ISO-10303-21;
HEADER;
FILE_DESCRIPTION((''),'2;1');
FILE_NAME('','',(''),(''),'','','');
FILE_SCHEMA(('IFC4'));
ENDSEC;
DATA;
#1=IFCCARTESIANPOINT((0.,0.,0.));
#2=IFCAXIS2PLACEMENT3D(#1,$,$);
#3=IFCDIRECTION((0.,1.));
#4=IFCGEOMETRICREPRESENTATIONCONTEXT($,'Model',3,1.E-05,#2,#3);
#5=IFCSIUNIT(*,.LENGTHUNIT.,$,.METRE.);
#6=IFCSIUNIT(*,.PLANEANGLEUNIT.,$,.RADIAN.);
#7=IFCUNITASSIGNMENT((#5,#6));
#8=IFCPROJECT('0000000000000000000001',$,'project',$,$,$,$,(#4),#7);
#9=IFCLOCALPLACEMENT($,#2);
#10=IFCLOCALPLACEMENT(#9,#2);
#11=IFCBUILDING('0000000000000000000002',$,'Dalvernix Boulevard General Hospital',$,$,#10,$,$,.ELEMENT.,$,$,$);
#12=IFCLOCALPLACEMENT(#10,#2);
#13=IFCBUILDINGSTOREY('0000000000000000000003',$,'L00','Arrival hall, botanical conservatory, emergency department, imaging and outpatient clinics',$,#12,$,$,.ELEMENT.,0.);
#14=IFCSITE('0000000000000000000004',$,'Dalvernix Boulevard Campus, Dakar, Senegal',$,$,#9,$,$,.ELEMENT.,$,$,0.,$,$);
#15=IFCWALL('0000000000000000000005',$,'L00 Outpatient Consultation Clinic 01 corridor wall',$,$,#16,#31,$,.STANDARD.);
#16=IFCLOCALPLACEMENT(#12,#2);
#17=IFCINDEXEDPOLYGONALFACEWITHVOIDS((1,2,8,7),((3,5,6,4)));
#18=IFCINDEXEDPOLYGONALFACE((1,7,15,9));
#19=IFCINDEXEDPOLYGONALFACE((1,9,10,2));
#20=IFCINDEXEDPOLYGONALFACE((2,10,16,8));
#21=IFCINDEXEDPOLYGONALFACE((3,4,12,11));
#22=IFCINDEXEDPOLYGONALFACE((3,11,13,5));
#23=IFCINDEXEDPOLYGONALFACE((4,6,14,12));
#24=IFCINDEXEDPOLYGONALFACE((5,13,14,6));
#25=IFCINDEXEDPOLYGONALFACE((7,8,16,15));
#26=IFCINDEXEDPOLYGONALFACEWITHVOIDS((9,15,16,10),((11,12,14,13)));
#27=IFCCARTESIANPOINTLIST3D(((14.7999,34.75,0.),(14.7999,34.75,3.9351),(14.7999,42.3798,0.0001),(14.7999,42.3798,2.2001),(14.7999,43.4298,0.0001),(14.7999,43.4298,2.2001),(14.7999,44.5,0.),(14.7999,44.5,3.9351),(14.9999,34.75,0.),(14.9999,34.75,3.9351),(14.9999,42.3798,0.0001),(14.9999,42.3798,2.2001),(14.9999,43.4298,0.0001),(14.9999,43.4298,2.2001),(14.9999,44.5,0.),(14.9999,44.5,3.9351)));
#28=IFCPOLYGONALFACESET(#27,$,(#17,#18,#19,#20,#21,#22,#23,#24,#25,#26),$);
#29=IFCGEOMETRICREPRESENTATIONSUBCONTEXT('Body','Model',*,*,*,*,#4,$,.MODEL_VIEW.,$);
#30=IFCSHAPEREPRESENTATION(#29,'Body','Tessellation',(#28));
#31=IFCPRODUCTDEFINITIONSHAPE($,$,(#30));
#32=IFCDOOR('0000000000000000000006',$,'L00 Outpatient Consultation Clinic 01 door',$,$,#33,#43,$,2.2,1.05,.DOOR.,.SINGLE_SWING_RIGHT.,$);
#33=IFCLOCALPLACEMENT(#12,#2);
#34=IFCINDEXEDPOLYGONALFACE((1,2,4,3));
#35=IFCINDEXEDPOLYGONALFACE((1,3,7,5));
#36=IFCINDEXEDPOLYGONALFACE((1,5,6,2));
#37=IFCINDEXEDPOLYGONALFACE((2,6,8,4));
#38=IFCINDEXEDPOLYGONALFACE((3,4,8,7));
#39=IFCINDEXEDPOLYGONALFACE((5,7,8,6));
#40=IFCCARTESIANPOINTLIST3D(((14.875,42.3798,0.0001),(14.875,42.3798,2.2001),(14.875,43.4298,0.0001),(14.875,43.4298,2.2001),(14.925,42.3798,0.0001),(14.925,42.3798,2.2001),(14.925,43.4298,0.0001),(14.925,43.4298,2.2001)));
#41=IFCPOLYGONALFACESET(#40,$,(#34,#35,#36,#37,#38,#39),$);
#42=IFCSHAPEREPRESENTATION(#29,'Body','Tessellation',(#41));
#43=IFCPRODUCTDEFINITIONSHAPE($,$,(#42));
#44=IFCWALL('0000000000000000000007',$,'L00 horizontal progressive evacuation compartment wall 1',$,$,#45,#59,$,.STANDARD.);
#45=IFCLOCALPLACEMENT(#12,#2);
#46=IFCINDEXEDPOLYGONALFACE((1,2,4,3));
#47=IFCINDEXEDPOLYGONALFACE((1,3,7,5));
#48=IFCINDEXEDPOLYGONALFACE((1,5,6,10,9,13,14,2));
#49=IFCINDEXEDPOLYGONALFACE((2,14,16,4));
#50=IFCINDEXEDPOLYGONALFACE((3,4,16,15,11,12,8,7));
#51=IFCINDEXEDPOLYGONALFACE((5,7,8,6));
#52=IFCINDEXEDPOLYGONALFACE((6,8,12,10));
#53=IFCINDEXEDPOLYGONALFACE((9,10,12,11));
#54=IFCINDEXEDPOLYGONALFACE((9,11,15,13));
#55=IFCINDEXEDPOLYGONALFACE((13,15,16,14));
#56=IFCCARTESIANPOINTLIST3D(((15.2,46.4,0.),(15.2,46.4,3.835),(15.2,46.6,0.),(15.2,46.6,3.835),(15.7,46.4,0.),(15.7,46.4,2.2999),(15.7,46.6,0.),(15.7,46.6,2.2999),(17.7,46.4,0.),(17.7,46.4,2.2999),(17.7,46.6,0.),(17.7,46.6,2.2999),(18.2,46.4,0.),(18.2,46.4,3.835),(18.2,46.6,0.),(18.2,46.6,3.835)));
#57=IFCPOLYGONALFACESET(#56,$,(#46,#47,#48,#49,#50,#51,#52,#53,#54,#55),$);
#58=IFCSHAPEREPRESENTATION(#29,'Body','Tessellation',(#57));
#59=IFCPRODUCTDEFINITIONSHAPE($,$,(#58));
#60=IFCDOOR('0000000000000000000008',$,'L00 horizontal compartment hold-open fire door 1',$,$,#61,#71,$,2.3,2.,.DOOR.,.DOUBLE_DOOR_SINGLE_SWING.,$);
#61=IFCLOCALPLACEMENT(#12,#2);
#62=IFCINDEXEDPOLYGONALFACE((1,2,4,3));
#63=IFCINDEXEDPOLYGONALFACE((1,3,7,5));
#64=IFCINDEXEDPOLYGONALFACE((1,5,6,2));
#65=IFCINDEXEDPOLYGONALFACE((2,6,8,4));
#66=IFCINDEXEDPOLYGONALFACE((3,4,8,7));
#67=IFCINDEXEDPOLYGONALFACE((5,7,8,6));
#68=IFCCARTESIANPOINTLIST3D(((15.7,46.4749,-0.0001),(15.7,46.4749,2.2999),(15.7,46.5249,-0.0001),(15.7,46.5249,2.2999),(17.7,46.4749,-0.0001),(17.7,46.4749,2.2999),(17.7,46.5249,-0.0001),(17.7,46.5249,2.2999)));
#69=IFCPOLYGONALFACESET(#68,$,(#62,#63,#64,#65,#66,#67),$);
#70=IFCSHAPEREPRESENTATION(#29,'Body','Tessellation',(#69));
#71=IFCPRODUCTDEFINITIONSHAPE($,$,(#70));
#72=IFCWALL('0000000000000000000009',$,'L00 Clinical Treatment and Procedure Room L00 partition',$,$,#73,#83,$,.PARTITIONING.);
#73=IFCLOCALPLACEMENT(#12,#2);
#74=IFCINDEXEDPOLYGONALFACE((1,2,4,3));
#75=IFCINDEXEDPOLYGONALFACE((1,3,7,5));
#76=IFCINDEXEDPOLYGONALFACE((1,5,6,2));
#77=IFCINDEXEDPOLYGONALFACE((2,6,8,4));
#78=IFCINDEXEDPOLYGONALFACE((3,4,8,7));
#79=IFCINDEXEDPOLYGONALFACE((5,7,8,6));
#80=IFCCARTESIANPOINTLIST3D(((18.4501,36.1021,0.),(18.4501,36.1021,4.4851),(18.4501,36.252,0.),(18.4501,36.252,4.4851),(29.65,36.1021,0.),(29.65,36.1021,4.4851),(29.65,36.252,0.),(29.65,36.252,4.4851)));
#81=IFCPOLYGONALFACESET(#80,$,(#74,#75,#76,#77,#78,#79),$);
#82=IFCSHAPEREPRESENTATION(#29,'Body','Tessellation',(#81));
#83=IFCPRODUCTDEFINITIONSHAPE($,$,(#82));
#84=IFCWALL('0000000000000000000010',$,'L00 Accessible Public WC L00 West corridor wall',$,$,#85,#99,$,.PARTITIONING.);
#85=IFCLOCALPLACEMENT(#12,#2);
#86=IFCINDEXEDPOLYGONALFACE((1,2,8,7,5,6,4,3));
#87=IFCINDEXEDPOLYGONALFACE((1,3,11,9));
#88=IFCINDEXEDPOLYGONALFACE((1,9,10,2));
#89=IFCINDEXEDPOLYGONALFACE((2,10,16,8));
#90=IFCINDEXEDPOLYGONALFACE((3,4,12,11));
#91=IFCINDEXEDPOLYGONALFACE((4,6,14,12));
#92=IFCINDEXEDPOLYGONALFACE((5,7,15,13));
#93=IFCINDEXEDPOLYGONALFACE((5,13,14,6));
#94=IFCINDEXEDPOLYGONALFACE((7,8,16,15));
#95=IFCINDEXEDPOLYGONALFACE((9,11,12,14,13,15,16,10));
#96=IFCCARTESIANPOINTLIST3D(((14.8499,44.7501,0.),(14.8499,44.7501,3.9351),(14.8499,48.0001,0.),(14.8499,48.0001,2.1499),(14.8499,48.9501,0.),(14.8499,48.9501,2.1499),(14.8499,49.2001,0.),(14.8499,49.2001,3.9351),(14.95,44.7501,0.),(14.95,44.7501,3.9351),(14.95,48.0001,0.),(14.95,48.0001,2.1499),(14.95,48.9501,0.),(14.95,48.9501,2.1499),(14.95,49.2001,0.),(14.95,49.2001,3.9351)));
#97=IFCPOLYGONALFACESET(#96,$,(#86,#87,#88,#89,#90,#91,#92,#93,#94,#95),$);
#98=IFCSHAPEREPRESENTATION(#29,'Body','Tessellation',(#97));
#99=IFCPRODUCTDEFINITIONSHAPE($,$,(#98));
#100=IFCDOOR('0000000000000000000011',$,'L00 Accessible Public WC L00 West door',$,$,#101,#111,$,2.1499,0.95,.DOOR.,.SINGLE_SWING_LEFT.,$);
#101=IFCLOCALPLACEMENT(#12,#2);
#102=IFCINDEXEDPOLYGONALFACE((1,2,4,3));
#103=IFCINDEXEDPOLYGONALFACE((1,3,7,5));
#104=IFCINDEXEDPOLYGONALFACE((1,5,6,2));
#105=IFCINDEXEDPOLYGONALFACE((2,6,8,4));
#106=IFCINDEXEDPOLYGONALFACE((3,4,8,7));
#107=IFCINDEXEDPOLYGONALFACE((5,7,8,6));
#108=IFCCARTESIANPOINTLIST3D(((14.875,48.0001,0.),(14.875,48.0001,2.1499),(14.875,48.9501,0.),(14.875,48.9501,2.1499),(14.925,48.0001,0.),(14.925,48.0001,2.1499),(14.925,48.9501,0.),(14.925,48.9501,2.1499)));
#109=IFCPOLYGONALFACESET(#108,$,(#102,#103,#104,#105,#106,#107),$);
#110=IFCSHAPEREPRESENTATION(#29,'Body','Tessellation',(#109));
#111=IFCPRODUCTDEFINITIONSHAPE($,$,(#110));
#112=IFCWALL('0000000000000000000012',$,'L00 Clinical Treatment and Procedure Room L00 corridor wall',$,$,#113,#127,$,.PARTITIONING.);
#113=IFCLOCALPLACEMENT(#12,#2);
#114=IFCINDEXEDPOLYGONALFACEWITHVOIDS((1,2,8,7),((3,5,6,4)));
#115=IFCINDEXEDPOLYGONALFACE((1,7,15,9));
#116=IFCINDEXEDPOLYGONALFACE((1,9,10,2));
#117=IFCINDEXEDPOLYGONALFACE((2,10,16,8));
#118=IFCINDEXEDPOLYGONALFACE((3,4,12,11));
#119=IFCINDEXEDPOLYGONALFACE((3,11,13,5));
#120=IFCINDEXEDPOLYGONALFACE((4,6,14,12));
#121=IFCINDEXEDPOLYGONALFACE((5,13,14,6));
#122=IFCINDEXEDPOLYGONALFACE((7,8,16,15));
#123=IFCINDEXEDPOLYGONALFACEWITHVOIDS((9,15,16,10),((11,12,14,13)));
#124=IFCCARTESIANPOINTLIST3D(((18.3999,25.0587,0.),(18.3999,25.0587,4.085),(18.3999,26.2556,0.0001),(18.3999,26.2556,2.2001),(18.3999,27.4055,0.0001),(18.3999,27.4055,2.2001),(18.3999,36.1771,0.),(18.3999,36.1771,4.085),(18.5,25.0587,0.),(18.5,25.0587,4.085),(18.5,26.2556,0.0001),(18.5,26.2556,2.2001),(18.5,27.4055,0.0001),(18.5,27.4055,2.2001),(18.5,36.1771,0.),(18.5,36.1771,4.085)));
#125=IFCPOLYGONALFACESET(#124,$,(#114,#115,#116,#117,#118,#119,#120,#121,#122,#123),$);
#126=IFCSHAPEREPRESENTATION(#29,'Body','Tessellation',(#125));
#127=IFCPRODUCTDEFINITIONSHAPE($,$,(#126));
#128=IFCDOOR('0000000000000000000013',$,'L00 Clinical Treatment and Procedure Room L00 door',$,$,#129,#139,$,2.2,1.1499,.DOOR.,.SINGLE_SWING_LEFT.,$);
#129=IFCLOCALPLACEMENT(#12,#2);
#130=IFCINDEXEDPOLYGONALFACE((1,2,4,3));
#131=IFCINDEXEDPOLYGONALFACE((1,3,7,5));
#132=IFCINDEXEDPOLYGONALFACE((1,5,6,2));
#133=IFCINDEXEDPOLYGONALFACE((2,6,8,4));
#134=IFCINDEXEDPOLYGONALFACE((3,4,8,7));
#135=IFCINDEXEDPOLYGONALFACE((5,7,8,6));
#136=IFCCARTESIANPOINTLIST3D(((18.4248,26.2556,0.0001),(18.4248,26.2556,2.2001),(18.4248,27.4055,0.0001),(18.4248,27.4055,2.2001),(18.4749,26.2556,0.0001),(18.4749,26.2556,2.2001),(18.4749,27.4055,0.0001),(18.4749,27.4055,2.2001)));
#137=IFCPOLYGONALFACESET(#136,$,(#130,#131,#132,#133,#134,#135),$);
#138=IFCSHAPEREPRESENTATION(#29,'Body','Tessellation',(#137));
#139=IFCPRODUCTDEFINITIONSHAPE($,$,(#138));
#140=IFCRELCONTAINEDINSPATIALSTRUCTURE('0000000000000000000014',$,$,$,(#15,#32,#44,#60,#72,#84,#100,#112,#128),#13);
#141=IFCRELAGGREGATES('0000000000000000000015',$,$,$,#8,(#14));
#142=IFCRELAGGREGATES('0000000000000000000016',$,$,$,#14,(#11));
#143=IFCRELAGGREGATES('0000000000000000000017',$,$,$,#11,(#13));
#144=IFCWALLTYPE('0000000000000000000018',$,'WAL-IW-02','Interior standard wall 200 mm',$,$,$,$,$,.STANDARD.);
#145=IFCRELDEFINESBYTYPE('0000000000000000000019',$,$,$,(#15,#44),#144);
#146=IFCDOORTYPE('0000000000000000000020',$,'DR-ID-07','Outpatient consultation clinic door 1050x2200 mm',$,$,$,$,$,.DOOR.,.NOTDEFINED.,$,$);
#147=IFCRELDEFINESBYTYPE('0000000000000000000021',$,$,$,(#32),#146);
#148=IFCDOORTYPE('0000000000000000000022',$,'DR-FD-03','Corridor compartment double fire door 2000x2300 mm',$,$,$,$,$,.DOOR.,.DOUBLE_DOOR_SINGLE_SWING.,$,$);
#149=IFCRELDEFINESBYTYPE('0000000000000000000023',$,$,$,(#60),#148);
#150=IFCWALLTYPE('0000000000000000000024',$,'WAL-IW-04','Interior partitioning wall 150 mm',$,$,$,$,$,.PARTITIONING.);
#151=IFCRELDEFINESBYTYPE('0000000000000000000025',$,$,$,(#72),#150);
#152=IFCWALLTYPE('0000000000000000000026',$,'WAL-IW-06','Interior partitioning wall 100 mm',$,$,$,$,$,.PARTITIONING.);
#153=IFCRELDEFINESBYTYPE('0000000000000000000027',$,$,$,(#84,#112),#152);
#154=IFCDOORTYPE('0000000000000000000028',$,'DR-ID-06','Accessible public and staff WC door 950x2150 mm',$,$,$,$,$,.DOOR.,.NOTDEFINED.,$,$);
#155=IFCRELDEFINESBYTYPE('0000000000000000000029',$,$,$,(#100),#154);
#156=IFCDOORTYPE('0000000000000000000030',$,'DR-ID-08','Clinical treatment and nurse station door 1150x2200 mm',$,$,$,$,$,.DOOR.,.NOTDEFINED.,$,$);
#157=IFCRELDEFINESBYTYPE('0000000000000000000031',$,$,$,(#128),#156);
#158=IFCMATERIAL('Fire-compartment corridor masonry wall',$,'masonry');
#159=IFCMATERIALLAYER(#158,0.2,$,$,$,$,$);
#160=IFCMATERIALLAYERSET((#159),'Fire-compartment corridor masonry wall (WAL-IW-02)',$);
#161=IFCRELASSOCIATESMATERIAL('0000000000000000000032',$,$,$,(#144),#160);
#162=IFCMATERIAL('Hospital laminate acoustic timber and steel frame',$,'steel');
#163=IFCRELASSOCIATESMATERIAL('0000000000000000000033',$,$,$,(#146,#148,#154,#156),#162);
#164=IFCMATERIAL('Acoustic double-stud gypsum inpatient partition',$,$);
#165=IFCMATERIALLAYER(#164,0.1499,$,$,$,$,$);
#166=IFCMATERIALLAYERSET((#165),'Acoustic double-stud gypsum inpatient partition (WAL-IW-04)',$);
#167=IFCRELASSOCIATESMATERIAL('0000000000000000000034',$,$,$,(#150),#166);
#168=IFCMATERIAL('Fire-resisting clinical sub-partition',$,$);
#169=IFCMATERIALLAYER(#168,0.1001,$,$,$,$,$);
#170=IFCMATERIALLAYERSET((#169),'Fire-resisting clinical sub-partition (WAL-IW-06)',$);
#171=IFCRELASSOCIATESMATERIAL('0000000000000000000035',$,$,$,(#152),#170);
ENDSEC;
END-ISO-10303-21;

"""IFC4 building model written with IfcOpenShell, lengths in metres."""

from ifc_helpers import new_model, si_unit, direction, frame, frame_2d, origin, place, context, subcontext, project, spatial, rectangle, extrude, material, layer, layer_set, type_object, element, fill, save


model = new_model("IFC4")

# Units and contexts
model_context = context("Model", 3, precision=1e-05, world=origin(), true_north=direction((0.0, 1.0)))
body_context = subcontext(model_context, "Body", "Model", "MODEL_VIEW")
ifc_project = project(units=[si_unit("LENGTHUNIT", "METRE"), si_unit("PLANEANGLEUNIT", "RADIAN")], contexts=[model_context])

# Site, building, storey
site_placement = place(None, origin())
site = spatial("IfcSite", under=ifc_project, at=site_placement, Name="Dalvernix Boulevard Campus, Dakar, Senegal", CompositionType="ELEMENT", RefElevation=0.0)
building_placement = place(site_placement, origin())
building = spatial("IfcBuilding", under=site, at=building_placement, Name="Dalvernix Boulevard General Hospital", CompositionType="ELEMENT")
storey_placement = place(building_placement, origin())
storey = spatial("IfcBuildingStorey", under=building, at=storey_placement, Name="L00", Description="Arrival hall, botanical conservatory, emergency department, imaging and outpatient clinics", CompositionType="ELEMENT", Elevation=0.0)

# Walls, openings, doors
ifc_material_1 = material(Name="Fire-compartment corridor masonry wall", Category="masonry")
ifc_layer_1 = layer(ifc_material_1, 0.2)
ifc_layer_set_1 = layer_set([ifc_layer_1], Name="Fire-compartment corridor masonry wall (WAL-IW-02)")
wall_type_1 = type_object("IfcWallType", Name="WAL-IW-02", Description="Interior standard wall 200 mm", PredefinedType="STANDARD", material=ifc_layer_set_1)
wall_1_placement = place(storey_placement, frame((14.8999, 34.75, 0.0), z_axis=(0.0, 0.0, 1.0), x_axis=(0.0, 1.0, 0.0)))
wall_1 = element("IfcWall", 1, at=wall_1_placement, inside=storey, type_object=wall_type_1, Name="L00 Outpatient Consultation Clinic 01 corridor wall", PredefinedType="STANDARD", context=body_context, shape_type="SweptSolid", body=[
    extrude(rectangle(XDim=9.75, YDim=0.2, at=frame_2d((4.875, 0.0))), origin(), (0.0, 0.0, 1.0), 3.9351),
])
opening_1_placement = place(wall_1_placement, frame((7.6299, 0.0, 0.0)))
opening_1 = element("IfcOpeningElement", 2, at=opening_1_placement, cuts=wall_1, PredefinedType="OPENING", context=body_context, shape_type="SweptSolid", body=[
    extrude(rectangle(XDim=1.05, YDim=2.2, at=frame_2d((0.5249, 1.1001))), frame((0.0, 0.1099, 0.0), z_axis=(0.0, -1.0, 0.0), x_axis=(1.0, 0.0, 0.0)), (0.0, 0.0, 1.0), 0.22),
])
ifc_material_2 = material(Name="Hospital laminate acoustic timber and steel frame", Category="steel")
door_type_1 = type_object("IfcDoorType", Name="DR-ID-07", Description="Outpatient consultation clinic door 1050x2200 mm", OperationType="NOTDEFINED", PredefinedType="DOOR", material=ifc_material_2)
door_1_placement = place(opening_1_placement, origin())
door_1 = element("IfcDoor", 3, at=door_1_placement, inside=storey, type_object=door_type_1, Name="L00 Outpatient Consultation Clinic 01 door", OperationType="SINGLE_SWING_RIGHT", OverallHeight=2.2, OverallWidth=1.05, PredefinedType="DOOR", context=body_context, shape_type="SweptSolid", body=[
    extrude(rectangle(XDim=1.05, YDim=2.2, at=frame_2d((0.5249, 1.1001))), frame((0.0, 0.0249, 0.0), z_axis=(0.0, -1.0, 0.0), x_axis=(1.0, 0.0, 0.0)), (0.0, 0.0, 1.0), 0.05),
])
fill(opening_1, door_1)
wall_2_placement = place(storey_placement, frame((15.2, 46.5, 0.0), z_axis=(0.0, 0.0, 1.0), x_axis=(1.0, 0.0, 0.0)))
wall_2 = element("IfcWall", 4, at=wall_2_placement, inside=storey, type_object=wall_type_1, Name="L00 horizontal progressive evacuation compartment wall 1", PredefinedType="STANDARD", context=body_context, shape_type="SweptSolid", body=[
    extrude(rectangle(XDim=3.0, YDim=0.2, at=frame_2d((1.5, 0.0))), origin(), (0.0, 0.0, 1.0), 3.835),
])
opening_2_placement = place(wall_2_placement, frame((0.5, 0.0, 0.0)))
opening_2 = element("IfcOpeningElement", 5, at=opening_2_placement, cuts=wall_2, PredefinedType="OPENING", context=body_context, shape_type="SweptSolid", body=[
    extrude(rectangle(XDim=2.0, YDim=2.3, at=frame_2d((1.0, 1.1499))), frame((0.0, 0.1099, 0.0), z_axis=(0.0, -1.0, 0.0), x_axis=(1.0, 0.0, 0.0)), (0.0, 0.0, 1.0), 0.22),
])
door_type_2 = type_object("IfcDoorType", Name="DR-FD-03", Description="Corridor compartment double fire door 2000x2300 mm", OperationType="DOUBLE_DOOR_SINGLE_SWING", PredefinedType="DOOR", material=ifc_material_2)
door_2_placement = place(opening_2_placement, origin())
door_2 = element("IfcDoor", 6, at=door_2_placement, inside=storey, type_object=door_type_2, Name="L00 horizontal compartment hold-open fire door 1", OperationType="DOUBLE_DOOR_SINGLE_SWING", OverallHeight=2.3, OverallWidth=2.0, PredefinedType="DOOR", context=body_context, shape_type="SweptSolid", body=[
    extrude(rectangle(XDim=2.0, YDim=2.3, at=frame_2d((1.0, 1.1499))), frame((0.0, 0.0249, 0.0), z_axis=(0.0, -1.0, 0.0), x_axis=(1.0, 0.0, 0.0)), (0.0, 0.0, 1.0), 0.05),
])
fill(opening_2, door_2)

# Wall
ifc_material_3 = material(Name="Acoustic double-stud gypsum inpatient partition")
ifc_layer_2 = layer(ifc_material_3, 0.1499)
ifc_layer_set_2 = layer_set([ifc_layer_2], Name="Acoustic double-stud gypsum inpatient partition (WAL-IW-04)")
wall_type_2 = type_object("IfcWallType", Name="WAL-IW-04", Description="Interior partitioning wall 150 mm", PredefinedType="PARTITIONING", material=ifc_layer_set_2)
wall_3_placement = place(storey_placement, frame((18.45, 36.177, 0.0), z_axis=(0.0, 0.0, 1.0), x_axis=(1.0, 0.0, 0.0)))
element("IfcWall", 7, at=wall_3_placement, inside=storey, type_object=wall_type_2, Name="L00 Clinical Treatment and Procedure Room L00 partition", PredefinedType="PARTITIONING", context=body_context, shape_type="SweptSolid", body=[
    extrude(rectangle(XDim=11.2, YDim=0.1499, at=frame_2d((5.6001, 0.0))), origin(), (0.0, 0.0, 1.0), 4.4851),
])

# Walls, openings, doors
ifc_material_4 = material(Name="Fire-resisting clinical sub-partition")
ifc_layer_3 = layer(ifc_material_4, 0.1001)
ifc_layer_set_3 = layer_set([ifc_layer_3], Name="Fire-resisting clinical sub-partition (WAL-IW-06)")
wall_type_3 = type_object("IfcWallType", Name="WAL-IW-06", Description="Interior partitioning wall 100 mm", PredefinedType="PARTITIONING", material=ifc_layer_set_3)
wall_4_placement = place(storey_placement, frame((14.8999, 44.75, 0.0), z_axis=(0.0, 0.0, 1.0), x_axis=(0.0, 1.0, 0.0)))
wall_4 = element("IfcWall", 8, at=wall_4_placement, inside=storey, type_object=wall_type_3, Name="L00 Accessible Public WC L00 West corridor wall", PredefinedType="PARTITIONING", context=body_context, shape_type="SweptSolid", body=[
    extrude(rectangle(XDim=4.45, YDim=0.1001, at=frame_2d((2.2251, 0.0))), origin(), (0.0, 0.0, 1.0), 3.9351),
])
opening_3_placement = place(wall_4_placement, frame((3.25, 0.0, 0.0)))
opening_3 = element("IfcOpeningElement", 9, at=opening_3_placement, cuts=wall_4, PredefinedType="OPENING", context=body_context, shape_type="SweptSolid", body=[
    extrude(rectangle(XDim=0.95, YDim=2.1499, at=frame_2d((0.4751, 1.075))), frame((0.0, 0.0601, 0.0), z_axis=(0.0, -1.0, 0.0), x_axis=(1.0, 0.0, 0.0)), (0.0, 0.0, 1.0), 0.1201),
])
door_type_3 = type_object("IfcDoorType", Name="DR-ID-06", Description="Accessible public and staff WC door 950x2150 mm", OperationType="NOTDEFINED", PredefinedType="DOOR", material=ifc_material_2)
door_3_placement = place(opening_3_placement, origin())
door_3 = element("IfcDoor", 10, at=door_3_placement, inside=storey, type_object=door_type_3, Name="L00 Accessible Public WC L00 West door", OperationType="SINGLE_SWING_LEFT", OverallHeight=2.1499, OverallWidth=0.95, PredefinedType="DOOR", context=body_context, shape_type="SweptSolid", body=[
    extrude(rectangle(XDim=0.95, YDim=2.1499, at=frame_2d((0.4751, 1.075))), frame((0.0, 0.0249, 0.0), z_axis=(0.0, -1.0, 0.0), x_axis=(1.0, 0.0, 0.0)), (0.0, 0.0, 1.0), 0.05),
])
fill(opening_3, door_3)
wall_5_placement = place(storey_placement, frame((18.45, 36.177, 0.0), z_axis=(0.0, 0.0, 1.0), x_axis=(0.0, -1.0, 0.0)))
wall_5 = element("IfcWall", 11, at=wall_5_placement, inside=storey, type_object=wall_type_3, Name="L00 Clinical Treatment and Procedure Room L00 corridor wall", PredefinedType="PARTITIONING", context=body_context, shape_type="SweptSolid", body=[
    extrude(rectangle(XDim=11.1184, YDim=0.1001, at=frame_2d((5.5591, 0.0))), origin(), (0.0, 0.0, 1.0), 4.085),
])
opening_4_placement = place(wall_5_placement, frame((8.7715, 0.0, 0.0)))
opening_4 = element("IfcOpeningElement", 12, at=opening_4_placement, cuts=wall_5, PredefinedType="OPENING", context=body_context, shape_type="SweptSolid", body=[
    extrude(rectangle(XDim=1.1499, YDim=2.2, at=frame_2d((0.575, 1.1001))), frame((0.0, 0.0601, 0.0), z_axis=(0.0, -1.0, 0.0), x_axis=(1.0, 0.0, 0.0)), (0.0, 0.0, 1.0), 0.1201),
])
door_type_4 = type_object("IfcDoorType", Name="DR-ID-08", Description="Clinical treatment and nurse station door 1150x2200 mm", OperationType="NOTDEFINED", PredefinedType="DOOR", material=ifc_material_2)
door_4_placement = place(opening_4_placement, origin())
door_4 = element("IfcDoor", 13, at=door_4_placement, inside=storey, type_object=door_type_4, Name="L00 Clinical Treatment and Procedure Room L00 door", OperationType="SINGLE_SWING_LEFT", OverallHeight=2.2, OverallWidth=1.1499, PredefinedType="DOOR", context=body_context, shape_type="SweptSolid", body=[
    extrude(rectangle(XDim=1.1499, YDim=2.2, at=frame_2d((0.575, 1.1001))), frame((0.0, 0.0249, 0.0), z_axis=(0.0, -1.0, 0.0), x_axis=(1.0, 0.0, 0.0)), (0.0, 0.0, 1.0), 0.05),
])
fill(opening_4, door_4)

save(model, "model.ifc")
